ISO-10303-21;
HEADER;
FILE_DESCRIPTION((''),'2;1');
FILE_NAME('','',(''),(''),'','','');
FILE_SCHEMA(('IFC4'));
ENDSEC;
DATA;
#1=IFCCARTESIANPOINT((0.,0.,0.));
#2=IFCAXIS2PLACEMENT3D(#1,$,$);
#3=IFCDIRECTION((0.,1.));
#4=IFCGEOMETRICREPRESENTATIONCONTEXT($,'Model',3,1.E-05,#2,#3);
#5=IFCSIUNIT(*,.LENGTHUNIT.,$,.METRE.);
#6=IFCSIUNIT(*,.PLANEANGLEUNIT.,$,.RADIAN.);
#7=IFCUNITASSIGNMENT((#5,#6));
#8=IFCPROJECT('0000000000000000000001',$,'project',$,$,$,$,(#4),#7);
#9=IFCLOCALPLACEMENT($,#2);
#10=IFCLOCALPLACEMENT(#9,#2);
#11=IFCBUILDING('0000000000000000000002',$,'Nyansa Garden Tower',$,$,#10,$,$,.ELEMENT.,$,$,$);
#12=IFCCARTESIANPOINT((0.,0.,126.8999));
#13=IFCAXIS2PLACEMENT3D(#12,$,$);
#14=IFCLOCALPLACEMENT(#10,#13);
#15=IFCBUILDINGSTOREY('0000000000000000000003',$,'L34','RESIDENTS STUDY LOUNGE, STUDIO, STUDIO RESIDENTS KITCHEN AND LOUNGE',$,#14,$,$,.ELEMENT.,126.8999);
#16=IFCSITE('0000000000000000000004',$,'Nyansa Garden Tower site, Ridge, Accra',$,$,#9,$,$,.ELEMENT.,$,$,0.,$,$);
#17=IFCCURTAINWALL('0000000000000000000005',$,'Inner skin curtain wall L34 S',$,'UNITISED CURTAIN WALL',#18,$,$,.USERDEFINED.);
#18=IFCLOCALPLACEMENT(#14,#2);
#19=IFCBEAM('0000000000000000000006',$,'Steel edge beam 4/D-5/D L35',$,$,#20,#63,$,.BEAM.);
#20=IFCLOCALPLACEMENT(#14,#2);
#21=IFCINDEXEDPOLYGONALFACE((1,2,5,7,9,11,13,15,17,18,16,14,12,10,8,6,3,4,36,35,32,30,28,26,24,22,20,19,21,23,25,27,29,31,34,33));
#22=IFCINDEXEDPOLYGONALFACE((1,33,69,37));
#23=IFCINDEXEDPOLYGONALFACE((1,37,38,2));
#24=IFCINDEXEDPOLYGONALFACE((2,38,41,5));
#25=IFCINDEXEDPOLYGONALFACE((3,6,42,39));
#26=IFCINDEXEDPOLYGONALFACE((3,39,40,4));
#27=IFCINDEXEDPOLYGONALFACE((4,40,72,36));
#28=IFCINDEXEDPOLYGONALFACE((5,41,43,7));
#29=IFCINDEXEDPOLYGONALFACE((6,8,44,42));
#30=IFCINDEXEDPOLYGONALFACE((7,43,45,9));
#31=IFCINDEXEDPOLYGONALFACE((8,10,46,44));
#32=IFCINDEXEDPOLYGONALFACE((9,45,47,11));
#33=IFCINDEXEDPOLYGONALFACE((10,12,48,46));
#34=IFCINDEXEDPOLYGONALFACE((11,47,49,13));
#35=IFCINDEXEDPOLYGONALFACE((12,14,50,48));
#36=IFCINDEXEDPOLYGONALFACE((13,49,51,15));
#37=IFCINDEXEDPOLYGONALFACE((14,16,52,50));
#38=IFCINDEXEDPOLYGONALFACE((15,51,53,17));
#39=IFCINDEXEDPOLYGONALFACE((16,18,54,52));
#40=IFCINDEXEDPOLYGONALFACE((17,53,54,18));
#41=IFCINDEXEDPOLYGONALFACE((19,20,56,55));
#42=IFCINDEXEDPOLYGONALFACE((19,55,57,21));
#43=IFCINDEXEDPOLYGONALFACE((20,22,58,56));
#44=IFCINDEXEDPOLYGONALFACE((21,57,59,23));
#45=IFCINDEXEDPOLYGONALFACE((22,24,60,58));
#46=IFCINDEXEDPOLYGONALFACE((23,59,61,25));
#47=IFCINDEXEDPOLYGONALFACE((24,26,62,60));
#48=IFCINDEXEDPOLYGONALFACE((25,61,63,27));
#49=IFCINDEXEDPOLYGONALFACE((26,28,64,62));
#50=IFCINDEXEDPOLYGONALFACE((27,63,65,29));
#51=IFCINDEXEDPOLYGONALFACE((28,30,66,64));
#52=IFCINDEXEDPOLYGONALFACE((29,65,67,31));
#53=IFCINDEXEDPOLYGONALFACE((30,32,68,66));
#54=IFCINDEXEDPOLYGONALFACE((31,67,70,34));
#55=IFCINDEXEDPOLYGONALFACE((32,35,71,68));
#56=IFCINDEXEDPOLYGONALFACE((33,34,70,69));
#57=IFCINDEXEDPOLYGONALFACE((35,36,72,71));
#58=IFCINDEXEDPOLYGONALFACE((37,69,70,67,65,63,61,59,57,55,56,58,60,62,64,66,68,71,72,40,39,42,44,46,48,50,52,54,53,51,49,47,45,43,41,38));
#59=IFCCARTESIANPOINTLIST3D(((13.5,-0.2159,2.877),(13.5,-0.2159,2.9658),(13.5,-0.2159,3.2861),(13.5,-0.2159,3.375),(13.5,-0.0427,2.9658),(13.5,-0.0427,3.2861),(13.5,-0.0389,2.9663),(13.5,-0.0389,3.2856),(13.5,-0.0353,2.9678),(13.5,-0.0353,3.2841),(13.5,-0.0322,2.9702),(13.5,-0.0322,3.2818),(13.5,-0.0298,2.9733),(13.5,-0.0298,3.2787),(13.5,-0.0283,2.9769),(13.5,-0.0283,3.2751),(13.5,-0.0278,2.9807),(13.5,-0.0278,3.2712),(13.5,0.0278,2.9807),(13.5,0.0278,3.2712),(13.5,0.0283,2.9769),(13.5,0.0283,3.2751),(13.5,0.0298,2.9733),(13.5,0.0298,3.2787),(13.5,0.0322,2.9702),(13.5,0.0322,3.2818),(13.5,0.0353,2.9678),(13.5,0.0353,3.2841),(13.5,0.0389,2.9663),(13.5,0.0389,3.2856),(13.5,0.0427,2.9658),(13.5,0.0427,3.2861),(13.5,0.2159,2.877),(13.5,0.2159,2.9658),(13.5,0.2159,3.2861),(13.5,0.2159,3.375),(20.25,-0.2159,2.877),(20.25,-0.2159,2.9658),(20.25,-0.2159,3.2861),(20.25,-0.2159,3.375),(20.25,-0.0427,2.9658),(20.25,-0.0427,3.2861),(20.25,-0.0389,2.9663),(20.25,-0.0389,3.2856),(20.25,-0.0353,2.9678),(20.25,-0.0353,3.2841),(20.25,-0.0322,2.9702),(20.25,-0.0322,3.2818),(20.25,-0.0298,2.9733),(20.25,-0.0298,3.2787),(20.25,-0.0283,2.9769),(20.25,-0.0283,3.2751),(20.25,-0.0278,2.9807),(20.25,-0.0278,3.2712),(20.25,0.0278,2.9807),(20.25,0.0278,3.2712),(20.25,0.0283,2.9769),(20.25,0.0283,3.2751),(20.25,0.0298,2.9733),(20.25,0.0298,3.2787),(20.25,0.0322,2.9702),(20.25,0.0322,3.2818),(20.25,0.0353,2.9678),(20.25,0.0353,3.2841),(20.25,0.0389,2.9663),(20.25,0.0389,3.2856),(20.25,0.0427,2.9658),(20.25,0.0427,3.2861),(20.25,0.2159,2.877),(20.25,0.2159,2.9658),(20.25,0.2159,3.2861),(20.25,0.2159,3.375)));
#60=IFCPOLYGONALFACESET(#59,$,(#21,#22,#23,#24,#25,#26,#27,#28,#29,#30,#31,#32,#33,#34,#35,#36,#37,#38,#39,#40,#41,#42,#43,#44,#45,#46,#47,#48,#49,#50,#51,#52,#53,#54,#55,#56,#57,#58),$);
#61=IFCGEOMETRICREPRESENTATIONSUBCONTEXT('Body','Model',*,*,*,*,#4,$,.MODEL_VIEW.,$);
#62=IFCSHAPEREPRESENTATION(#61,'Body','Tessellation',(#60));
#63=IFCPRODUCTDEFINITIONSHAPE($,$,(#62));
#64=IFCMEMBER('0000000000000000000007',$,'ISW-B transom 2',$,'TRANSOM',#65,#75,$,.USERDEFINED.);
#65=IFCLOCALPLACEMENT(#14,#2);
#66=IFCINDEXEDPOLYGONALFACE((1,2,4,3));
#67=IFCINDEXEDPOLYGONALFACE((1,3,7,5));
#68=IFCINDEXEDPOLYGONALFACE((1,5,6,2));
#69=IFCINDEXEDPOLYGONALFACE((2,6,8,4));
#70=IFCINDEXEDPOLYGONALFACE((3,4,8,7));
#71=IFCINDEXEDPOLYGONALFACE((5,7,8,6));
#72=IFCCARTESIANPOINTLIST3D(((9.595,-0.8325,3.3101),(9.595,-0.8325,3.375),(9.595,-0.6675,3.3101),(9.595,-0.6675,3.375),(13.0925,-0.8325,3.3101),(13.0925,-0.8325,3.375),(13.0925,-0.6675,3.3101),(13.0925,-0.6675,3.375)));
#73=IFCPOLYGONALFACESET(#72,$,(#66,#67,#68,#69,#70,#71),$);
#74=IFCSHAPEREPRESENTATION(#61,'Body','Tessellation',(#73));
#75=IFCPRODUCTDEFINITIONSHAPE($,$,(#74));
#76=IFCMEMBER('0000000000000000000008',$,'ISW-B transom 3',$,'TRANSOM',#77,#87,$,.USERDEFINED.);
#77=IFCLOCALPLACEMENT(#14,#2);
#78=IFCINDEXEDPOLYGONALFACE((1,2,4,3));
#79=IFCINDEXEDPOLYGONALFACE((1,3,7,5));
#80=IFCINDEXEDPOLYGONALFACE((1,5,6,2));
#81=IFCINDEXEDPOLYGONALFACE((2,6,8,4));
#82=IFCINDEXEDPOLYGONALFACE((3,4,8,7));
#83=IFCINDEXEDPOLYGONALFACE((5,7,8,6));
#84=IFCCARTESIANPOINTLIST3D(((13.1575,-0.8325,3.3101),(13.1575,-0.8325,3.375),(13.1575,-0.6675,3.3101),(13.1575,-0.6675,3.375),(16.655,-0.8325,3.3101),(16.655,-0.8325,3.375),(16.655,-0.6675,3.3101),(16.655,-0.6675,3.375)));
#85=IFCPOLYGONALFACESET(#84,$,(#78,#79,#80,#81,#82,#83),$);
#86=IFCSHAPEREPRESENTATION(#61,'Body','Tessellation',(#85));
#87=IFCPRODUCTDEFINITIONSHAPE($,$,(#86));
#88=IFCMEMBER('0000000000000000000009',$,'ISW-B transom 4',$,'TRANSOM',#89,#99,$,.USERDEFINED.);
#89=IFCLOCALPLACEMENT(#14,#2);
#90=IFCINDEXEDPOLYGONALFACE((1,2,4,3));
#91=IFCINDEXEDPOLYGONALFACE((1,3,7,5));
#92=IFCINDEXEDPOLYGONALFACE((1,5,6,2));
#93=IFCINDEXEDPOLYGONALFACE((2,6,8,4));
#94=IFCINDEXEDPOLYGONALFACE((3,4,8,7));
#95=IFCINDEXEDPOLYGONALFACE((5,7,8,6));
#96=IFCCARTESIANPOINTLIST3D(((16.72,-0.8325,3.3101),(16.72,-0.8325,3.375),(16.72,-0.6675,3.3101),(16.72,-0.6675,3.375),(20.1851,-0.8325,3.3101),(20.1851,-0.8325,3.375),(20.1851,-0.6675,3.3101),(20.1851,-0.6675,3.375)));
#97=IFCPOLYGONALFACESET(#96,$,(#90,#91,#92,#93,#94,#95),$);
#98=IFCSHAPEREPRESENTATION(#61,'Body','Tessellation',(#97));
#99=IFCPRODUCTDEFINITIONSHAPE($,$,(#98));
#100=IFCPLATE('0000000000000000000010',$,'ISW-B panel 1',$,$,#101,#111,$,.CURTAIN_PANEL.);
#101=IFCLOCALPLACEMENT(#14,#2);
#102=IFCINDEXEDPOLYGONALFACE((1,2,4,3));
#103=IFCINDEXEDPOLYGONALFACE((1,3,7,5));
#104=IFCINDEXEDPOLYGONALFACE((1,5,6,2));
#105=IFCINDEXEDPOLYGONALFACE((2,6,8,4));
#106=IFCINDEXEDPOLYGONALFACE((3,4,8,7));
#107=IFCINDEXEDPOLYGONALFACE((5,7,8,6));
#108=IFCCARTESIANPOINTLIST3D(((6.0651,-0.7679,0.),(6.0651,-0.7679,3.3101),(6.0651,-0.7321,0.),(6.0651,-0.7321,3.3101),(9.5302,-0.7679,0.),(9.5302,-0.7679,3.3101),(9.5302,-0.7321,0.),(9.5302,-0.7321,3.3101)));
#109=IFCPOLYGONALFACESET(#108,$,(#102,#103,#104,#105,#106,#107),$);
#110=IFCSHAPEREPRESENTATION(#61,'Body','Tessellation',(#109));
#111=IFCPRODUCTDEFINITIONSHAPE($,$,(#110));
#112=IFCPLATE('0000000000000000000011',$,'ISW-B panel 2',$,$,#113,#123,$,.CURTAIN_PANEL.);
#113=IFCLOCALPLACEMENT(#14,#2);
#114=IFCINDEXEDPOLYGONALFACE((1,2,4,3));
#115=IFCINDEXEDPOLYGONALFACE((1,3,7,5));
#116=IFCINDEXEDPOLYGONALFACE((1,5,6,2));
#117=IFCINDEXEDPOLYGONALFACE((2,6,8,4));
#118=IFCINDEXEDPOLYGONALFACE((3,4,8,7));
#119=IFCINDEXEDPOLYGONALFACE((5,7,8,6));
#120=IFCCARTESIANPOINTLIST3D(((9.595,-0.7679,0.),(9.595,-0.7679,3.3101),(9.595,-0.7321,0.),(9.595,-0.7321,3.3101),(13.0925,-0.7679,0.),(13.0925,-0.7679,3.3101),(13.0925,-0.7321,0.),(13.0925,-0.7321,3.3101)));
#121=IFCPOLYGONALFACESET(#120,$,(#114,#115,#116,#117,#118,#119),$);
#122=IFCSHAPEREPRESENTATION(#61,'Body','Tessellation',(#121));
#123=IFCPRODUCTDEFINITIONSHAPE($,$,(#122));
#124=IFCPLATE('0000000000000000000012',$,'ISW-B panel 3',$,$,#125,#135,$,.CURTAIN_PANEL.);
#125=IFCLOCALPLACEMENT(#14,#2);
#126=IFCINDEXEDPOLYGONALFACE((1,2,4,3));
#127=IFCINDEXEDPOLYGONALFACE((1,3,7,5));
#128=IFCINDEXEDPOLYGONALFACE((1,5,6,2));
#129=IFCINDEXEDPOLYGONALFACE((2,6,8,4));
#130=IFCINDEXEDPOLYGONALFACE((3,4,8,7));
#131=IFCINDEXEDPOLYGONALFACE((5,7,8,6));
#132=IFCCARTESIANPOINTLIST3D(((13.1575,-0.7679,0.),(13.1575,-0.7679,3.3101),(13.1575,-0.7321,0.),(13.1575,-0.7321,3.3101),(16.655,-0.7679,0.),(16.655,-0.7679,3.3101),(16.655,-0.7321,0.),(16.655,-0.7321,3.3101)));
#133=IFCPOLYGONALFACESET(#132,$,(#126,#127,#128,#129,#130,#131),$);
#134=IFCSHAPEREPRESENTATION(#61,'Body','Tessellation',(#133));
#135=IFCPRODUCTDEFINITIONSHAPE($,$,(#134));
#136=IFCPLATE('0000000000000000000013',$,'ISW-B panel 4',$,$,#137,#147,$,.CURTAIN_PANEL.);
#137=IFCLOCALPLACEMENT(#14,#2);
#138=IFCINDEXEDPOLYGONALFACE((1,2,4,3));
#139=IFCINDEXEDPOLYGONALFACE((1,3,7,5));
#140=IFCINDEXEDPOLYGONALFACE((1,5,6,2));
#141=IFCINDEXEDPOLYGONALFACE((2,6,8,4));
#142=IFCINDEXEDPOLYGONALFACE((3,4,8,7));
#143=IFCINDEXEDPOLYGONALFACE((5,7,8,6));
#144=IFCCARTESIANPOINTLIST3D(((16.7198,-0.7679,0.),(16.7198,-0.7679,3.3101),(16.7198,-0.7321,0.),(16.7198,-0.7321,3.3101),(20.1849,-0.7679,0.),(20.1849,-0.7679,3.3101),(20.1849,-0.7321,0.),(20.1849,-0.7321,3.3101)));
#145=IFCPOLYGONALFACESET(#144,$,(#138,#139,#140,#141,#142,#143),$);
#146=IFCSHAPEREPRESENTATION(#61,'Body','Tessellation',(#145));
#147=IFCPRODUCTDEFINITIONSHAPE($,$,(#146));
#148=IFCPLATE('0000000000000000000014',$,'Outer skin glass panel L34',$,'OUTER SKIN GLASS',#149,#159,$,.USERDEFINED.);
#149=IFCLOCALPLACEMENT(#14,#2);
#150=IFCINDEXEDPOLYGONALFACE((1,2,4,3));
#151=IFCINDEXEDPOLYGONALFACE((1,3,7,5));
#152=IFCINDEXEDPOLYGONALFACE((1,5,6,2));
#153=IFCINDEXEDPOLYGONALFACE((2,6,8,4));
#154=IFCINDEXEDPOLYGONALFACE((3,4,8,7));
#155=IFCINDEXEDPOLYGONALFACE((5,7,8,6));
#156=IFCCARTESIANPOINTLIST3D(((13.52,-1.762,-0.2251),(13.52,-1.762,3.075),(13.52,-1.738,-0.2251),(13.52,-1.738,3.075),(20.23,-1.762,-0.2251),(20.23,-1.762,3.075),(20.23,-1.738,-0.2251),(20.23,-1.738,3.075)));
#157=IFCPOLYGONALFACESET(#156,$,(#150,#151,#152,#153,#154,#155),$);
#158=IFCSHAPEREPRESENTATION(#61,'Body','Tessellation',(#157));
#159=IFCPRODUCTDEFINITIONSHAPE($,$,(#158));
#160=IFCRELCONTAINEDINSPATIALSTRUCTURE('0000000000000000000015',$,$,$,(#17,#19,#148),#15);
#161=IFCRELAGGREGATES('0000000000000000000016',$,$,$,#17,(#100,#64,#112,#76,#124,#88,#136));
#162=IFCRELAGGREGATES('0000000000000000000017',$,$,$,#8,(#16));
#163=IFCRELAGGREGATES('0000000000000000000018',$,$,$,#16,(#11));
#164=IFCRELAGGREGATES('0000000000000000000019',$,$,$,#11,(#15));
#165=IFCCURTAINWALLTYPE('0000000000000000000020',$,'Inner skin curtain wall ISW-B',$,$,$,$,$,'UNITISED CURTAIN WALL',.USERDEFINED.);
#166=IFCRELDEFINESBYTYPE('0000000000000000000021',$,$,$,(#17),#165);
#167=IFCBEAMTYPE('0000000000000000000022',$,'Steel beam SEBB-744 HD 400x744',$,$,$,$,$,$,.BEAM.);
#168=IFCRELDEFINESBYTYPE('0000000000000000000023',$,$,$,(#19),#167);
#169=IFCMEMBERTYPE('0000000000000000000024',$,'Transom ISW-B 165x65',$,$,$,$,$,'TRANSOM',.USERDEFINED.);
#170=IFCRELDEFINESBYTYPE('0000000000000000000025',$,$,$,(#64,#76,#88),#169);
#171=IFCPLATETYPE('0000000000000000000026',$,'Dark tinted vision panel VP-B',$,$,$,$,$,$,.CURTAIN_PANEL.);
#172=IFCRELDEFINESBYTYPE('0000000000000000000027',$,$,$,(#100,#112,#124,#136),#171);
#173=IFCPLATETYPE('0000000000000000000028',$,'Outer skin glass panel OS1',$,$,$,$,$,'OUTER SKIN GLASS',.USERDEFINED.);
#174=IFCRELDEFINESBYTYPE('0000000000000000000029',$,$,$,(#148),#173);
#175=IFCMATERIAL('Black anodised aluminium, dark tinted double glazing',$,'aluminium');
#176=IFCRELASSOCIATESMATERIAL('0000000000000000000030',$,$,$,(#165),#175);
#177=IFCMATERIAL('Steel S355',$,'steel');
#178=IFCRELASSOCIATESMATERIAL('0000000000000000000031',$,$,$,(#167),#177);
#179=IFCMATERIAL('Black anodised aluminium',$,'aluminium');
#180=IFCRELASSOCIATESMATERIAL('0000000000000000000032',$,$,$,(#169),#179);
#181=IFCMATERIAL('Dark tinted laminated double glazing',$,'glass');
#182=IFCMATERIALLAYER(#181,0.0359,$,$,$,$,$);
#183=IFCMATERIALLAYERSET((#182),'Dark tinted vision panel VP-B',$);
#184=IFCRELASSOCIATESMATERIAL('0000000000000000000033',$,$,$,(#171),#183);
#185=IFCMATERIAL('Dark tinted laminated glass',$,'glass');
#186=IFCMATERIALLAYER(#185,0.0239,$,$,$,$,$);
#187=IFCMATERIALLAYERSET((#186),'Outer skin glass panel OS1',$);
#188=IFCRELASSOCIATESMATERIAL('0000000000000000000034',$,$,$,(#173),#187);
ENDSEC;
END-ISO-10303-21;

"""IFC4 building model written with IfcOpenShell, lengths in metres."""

from ifc_helpers import new_model, si_unit, direction, frame, origin, origin_2d, place, context, subcontext, project, spatial, rectangle, i_section, extrude, material, layer, layer_set, material_profile, profile_set, type_object, element, aggregate, save


model = new_model("IFC4")

# Units and contexts
model_context = context("Model", 3, precision=1e-05, world=origin(), true_north=direction((0.0, 1.0)))
body_context = subcontext(model_context, "Body", "Model", "MODEL_VIEW")
ifc_project = project(units=[si_unit("LENGTHUNIT", "METRE"), si_unit("PLANEANGLEUNIT", "RADIAN")], contexts=[model_context])

# Site, building, storey
site_placement = place(None, origin())
site = spatial("IfcSite", under=ifc_project, at=site_placement, Name="Nyansa Garden Tower site, Ridge, Accra", CompositionType="ELEMENT", RefElevation=0.0)
building_placement = place(site_placement, origin())
building = spatial("IfcBuilding", under=site, at=building_placement, Name="Nyansa Garden Tower", CompositionType="ELEMENT")
storey_placement = place(building_placement, frame((0.0, 0.0, 126.8999)))
storey = spatial("IfcBuildingStorey", under=building, at=storey_placement, Name="L34", Description="RESIDENTS STUDY LOUNGE, STUDIO, STUDIO RESIDENTS KITCHEN AND LOUNGE", CompositionType="ELEMENT", Elevation=126.8999)

# Curtain wall
ifc_material_1 = material(Name="Black anodised aluminium, dark tinted double glazing", Category="aluminium")
curtain_wall_type = type_object("IfcCurtainWallType", Name="Inner skin curtain wall ISW-B", ElementType="UNITISED CURTAIN WALL", PredefinedType="USERDEFINED", material=ifc_material_1)
curtain_wall_placement = place(storey_placement, origin())
curtain_wall = element("IfcCurtainWall", 1, at=curtain_wall_placement, inside=storey, type_object=curtain_wall_type, Name="Inner skin curtain wall L34 S", ObjectType="UNITISED CURTAIN WALL", PredefinedType="USERDEFINED")

# Beam
ifc_material_2 = material(Name="Steel S355", Category="steel")
ifc_material_profile_1 = material_profile(ifc_material_2, i_section(OverallWidth=0.4319, OverallDepth=0.498, WebThickness=0.0557, FlangeThickness=0.0889, FilletRadius=0.0149, at=origin_2d()), Name="HD 400x744")
ifc_profile_set_1 = profile_set([ifc_material_profile_1], Name="Steel S355")
beam_type_1 = type_object("IfcBeamType", Name="Steel beam SEBB-744 HD 400x744", PredefinedType="BEAM", material=ifc_profile_set_1)
beam_1_placement = place(storey_placement, frame((13.5, 0.0, 3.126), z_axis=(1.0, 0.0, 0.0), x_axis=(0.0, 1.0, 0.0)))
element("IfcBeam", 2, at=beam_1_placement, inside=storey, type_object=beam_type_1, Name="Steel edge beam 4/D-5/D L35", PredefinedType="BEAM", context=body_context, shape_type="SweptSolid", body=[
    extrude(i_section(OverallWidth=0.4319, OverallDepth=0.498, WebThickness=0.0557, FlangeThickness=0.0889, FilletRadius=0.0149, at=origin_2d()), origin(), (0.0, 0.0, 1.0), 6.75),
])

# Members
ifc_material_3 = material(Name="Black anodised aluminium", Category="aluminium")
ifc_material_profile_2 = material_profile(ifc_material_3, rectangle(XDim=0.165, YDim=0.0649, at=origin_2d()), Name="Transom 165x65")
ifc_profile_set_2 = profile_set([ifc_material_profile_2], Name="Black anodised aluminium")
member_type_1 = type_object("IfcMemberType", Name="Transom ISW-B 165x65", ElementType="TRANSOM", PredefinedType="USERDEFINED", material=ifc_profile_set_2)
member_1_placement = place(storey_placement, frame((9.595, -0.75, 3.3425), z_axis=(1.0, 0.0, 0.0), x_axis=(0.0, 1.0, 0.0)))
member_1 = element("IfcMember", 3, at=member_1_placement, type_object=member_type_1, Name="ISW-B transom 2", ObjectType="TRANSOM", PredefinedType="USERDEFINED", context=body_context, shape_type="SweptSolid", body=[
    extrude(rectangle(XDim=0.165, YDim=0.0649, at=origin_2d()), origin(), (0.0, 0.0, 1.0), 3.4976),
])
member_2_placement = place(storey_placement, frame((13.1575, -0.75, 3.3425), z_axis=(1.0, 0.0, 0.0), x_axis=(0.0, 1.0, 0.0)))
member_2 = element("IfcMember", 4, at=member_2_placement, type_object=member_type_1, Name="ISW-B transom 3", ObjectType="TRANSOM", PredefinedType="USERDEFINED", context=body_context, shape_type="SweptSolid", body=[
    extrude(rectangle(XDim=0.165, YDim=0.0649, at=origin_2d()), origin(), (0.0, 0.0, 1.0), 3.4976),
])
member_3_placement = place(storey_placement, frame((16.72, -0.75, 3.3425), z_axis=(1.0, 0.0, 0.0), x_axis=(0.0, 1.0, 0.0)))
member_3 = element("IfcMember", 5, at=member_3_placement, type_object=member_type_1, Name="ISW-B transom 4", ObjectType="TRANSOM", PredefinedType="USERDEFINED", context=body_context, shape_type="SweptSolid", body=[
    extrude(rectangle(XDim=0.165, YDim=0.0649, at=origin_2d()), origin(), (0.0, 0.0, 1.0), 3.4651),
])

# Plates
ifc_material_4 = material(Name="Dark tinted laminated double glazing", Category="glass")
ifc_layer_1 = layer(ifc_material_4, 0.0359)
ifc_layer_set_1 = layer_set([ifc_layer_1], Name="Dark tinted vision panel VP-B")
plate_type_1 = type_object("IfcPlateType", Name="Dark tinted vision panel VP-B", PredefinedType="CURTAIN_PANEL", material=ifc_layer_set_1)
plate_1_placement = place(storey_placement, frame((7.7976, -0.75, 0.0), z_axis=(0.0, 0.0, 1.0), x_axis=(1.0, 0.0, 0.0)))
plate_1 = element("IfcPlate", 6, at=plate_1_placement, type_object=plate_type_1, Name="ISW-B panel 1", PredefinedType="CURTAIN_PANEL", context=body_context, shape_type="SweptSolid", body=[
    extrude(rectangle(XDim=3.4651, YDim=0.0359, at=origin_2d()), origin(), (0.0, 0.0, 1.0), 3.3101),
])
plate_2_placement = place(storey_placement, frame((11.3438, -0.75, 0.0), z_axis=(0.0, 0.0, 1.0), x_axis=(1.0, 0.0, 0.0)))
plate_2 = element("IfcPlate", 7, at=plate_2_placement, type_object=plate_type_1, Name="ISW-B panel 2", PredefinedType="CURTAIN_PANEL", context=body_context, shape_type="SweptSolid", body=[
    extrude(rectangle(XDim=3.4976, YDim=0.0359, at=origin_2d()), origin(), (0.0, 0.0, 1.0), 3.3101),
])
plate_3_placement = place(storey_placement, frame((14.9062, -0.75, 0.0), z_axis=(0.0, 0.0, 1.0), x_axis=(1.0, 0.0, 0.0)))
plate_3 = element("IfcPlate", 8, at=plate_3_placement, type_object=plate_type_1, Name="ISW-B panel 3", PredefinedType="CURTAIN_PANEL", context=body_context, shape_type="SweptSolid", body=[
    extrude(rectangle(XDim=3.4976, YDim=0.0359, at=origin_2d()), origin(), (0.0, 0.0, 1.0), 3.3101),
])
plate_4_placement = place(storey_placement, frame((18.4524, -0.75, 0.0), z_axis=(0.0, 0.0, 1.0), x_axis=(1.0, 0.0, 0.0)))
plate_4 = element("IfcPlate", 9, at=plate_4_placement, type_object=plate_type_1, Name="ISW-B panel 4", PredefinedType="CURTAIN_PANEL", context=body_context, shape_type="SweptSolid", body=[
    extrude(rectangle(XDim=3.4651, YDim=0.0359, at=origin_2d()), origin(), (0.0, 0.0, 1.0), 3.3101),
])
aggregate(curtain_wall, [plate_1, member_1, plate_2, member_2, plate_3, member_3, plate_4])
ifc_material_5 = material(Name="Dark tinted laminated glass", Category="glass")
ifc_layer_2 = layer(ifc_material_5, 0.0239)
ifc_layer_set_2 = layer_set([ifc_layer_2], Name="Outer skin glass panel OS1")
plate_type_2 = type_object("IfcPlateType", Name="Outer skin glass panel OS1", ElementType="OUTER SKIN GLASS", PredefinedType="USERDEFINED", material=ifc_layer_set_2)
plate_5_placement = place(storey_placement, frame((16.875, -1.75, -0.2251), z_axis=(0.0, 0.0, 1.0), x_axis=(1.0, 0.0, 0.0)))
element("IfcPlate", 10, at=plate_5_placement, inside=storey, type_object=plate_type_2, Name="Outer skin glass panel L34", ObjectType="OUTER SKIN GLASS", PredefinedType="USERDEFINED", context=body_context, shape_type="SweptSolid", body=[
    extrude(rectangle(XDim=6.71, YDim=0.0239, at=origin_2d()), origin(), (0.0, 0.0, 1.0), 3.3),
])

save(model, "model.ifc")
